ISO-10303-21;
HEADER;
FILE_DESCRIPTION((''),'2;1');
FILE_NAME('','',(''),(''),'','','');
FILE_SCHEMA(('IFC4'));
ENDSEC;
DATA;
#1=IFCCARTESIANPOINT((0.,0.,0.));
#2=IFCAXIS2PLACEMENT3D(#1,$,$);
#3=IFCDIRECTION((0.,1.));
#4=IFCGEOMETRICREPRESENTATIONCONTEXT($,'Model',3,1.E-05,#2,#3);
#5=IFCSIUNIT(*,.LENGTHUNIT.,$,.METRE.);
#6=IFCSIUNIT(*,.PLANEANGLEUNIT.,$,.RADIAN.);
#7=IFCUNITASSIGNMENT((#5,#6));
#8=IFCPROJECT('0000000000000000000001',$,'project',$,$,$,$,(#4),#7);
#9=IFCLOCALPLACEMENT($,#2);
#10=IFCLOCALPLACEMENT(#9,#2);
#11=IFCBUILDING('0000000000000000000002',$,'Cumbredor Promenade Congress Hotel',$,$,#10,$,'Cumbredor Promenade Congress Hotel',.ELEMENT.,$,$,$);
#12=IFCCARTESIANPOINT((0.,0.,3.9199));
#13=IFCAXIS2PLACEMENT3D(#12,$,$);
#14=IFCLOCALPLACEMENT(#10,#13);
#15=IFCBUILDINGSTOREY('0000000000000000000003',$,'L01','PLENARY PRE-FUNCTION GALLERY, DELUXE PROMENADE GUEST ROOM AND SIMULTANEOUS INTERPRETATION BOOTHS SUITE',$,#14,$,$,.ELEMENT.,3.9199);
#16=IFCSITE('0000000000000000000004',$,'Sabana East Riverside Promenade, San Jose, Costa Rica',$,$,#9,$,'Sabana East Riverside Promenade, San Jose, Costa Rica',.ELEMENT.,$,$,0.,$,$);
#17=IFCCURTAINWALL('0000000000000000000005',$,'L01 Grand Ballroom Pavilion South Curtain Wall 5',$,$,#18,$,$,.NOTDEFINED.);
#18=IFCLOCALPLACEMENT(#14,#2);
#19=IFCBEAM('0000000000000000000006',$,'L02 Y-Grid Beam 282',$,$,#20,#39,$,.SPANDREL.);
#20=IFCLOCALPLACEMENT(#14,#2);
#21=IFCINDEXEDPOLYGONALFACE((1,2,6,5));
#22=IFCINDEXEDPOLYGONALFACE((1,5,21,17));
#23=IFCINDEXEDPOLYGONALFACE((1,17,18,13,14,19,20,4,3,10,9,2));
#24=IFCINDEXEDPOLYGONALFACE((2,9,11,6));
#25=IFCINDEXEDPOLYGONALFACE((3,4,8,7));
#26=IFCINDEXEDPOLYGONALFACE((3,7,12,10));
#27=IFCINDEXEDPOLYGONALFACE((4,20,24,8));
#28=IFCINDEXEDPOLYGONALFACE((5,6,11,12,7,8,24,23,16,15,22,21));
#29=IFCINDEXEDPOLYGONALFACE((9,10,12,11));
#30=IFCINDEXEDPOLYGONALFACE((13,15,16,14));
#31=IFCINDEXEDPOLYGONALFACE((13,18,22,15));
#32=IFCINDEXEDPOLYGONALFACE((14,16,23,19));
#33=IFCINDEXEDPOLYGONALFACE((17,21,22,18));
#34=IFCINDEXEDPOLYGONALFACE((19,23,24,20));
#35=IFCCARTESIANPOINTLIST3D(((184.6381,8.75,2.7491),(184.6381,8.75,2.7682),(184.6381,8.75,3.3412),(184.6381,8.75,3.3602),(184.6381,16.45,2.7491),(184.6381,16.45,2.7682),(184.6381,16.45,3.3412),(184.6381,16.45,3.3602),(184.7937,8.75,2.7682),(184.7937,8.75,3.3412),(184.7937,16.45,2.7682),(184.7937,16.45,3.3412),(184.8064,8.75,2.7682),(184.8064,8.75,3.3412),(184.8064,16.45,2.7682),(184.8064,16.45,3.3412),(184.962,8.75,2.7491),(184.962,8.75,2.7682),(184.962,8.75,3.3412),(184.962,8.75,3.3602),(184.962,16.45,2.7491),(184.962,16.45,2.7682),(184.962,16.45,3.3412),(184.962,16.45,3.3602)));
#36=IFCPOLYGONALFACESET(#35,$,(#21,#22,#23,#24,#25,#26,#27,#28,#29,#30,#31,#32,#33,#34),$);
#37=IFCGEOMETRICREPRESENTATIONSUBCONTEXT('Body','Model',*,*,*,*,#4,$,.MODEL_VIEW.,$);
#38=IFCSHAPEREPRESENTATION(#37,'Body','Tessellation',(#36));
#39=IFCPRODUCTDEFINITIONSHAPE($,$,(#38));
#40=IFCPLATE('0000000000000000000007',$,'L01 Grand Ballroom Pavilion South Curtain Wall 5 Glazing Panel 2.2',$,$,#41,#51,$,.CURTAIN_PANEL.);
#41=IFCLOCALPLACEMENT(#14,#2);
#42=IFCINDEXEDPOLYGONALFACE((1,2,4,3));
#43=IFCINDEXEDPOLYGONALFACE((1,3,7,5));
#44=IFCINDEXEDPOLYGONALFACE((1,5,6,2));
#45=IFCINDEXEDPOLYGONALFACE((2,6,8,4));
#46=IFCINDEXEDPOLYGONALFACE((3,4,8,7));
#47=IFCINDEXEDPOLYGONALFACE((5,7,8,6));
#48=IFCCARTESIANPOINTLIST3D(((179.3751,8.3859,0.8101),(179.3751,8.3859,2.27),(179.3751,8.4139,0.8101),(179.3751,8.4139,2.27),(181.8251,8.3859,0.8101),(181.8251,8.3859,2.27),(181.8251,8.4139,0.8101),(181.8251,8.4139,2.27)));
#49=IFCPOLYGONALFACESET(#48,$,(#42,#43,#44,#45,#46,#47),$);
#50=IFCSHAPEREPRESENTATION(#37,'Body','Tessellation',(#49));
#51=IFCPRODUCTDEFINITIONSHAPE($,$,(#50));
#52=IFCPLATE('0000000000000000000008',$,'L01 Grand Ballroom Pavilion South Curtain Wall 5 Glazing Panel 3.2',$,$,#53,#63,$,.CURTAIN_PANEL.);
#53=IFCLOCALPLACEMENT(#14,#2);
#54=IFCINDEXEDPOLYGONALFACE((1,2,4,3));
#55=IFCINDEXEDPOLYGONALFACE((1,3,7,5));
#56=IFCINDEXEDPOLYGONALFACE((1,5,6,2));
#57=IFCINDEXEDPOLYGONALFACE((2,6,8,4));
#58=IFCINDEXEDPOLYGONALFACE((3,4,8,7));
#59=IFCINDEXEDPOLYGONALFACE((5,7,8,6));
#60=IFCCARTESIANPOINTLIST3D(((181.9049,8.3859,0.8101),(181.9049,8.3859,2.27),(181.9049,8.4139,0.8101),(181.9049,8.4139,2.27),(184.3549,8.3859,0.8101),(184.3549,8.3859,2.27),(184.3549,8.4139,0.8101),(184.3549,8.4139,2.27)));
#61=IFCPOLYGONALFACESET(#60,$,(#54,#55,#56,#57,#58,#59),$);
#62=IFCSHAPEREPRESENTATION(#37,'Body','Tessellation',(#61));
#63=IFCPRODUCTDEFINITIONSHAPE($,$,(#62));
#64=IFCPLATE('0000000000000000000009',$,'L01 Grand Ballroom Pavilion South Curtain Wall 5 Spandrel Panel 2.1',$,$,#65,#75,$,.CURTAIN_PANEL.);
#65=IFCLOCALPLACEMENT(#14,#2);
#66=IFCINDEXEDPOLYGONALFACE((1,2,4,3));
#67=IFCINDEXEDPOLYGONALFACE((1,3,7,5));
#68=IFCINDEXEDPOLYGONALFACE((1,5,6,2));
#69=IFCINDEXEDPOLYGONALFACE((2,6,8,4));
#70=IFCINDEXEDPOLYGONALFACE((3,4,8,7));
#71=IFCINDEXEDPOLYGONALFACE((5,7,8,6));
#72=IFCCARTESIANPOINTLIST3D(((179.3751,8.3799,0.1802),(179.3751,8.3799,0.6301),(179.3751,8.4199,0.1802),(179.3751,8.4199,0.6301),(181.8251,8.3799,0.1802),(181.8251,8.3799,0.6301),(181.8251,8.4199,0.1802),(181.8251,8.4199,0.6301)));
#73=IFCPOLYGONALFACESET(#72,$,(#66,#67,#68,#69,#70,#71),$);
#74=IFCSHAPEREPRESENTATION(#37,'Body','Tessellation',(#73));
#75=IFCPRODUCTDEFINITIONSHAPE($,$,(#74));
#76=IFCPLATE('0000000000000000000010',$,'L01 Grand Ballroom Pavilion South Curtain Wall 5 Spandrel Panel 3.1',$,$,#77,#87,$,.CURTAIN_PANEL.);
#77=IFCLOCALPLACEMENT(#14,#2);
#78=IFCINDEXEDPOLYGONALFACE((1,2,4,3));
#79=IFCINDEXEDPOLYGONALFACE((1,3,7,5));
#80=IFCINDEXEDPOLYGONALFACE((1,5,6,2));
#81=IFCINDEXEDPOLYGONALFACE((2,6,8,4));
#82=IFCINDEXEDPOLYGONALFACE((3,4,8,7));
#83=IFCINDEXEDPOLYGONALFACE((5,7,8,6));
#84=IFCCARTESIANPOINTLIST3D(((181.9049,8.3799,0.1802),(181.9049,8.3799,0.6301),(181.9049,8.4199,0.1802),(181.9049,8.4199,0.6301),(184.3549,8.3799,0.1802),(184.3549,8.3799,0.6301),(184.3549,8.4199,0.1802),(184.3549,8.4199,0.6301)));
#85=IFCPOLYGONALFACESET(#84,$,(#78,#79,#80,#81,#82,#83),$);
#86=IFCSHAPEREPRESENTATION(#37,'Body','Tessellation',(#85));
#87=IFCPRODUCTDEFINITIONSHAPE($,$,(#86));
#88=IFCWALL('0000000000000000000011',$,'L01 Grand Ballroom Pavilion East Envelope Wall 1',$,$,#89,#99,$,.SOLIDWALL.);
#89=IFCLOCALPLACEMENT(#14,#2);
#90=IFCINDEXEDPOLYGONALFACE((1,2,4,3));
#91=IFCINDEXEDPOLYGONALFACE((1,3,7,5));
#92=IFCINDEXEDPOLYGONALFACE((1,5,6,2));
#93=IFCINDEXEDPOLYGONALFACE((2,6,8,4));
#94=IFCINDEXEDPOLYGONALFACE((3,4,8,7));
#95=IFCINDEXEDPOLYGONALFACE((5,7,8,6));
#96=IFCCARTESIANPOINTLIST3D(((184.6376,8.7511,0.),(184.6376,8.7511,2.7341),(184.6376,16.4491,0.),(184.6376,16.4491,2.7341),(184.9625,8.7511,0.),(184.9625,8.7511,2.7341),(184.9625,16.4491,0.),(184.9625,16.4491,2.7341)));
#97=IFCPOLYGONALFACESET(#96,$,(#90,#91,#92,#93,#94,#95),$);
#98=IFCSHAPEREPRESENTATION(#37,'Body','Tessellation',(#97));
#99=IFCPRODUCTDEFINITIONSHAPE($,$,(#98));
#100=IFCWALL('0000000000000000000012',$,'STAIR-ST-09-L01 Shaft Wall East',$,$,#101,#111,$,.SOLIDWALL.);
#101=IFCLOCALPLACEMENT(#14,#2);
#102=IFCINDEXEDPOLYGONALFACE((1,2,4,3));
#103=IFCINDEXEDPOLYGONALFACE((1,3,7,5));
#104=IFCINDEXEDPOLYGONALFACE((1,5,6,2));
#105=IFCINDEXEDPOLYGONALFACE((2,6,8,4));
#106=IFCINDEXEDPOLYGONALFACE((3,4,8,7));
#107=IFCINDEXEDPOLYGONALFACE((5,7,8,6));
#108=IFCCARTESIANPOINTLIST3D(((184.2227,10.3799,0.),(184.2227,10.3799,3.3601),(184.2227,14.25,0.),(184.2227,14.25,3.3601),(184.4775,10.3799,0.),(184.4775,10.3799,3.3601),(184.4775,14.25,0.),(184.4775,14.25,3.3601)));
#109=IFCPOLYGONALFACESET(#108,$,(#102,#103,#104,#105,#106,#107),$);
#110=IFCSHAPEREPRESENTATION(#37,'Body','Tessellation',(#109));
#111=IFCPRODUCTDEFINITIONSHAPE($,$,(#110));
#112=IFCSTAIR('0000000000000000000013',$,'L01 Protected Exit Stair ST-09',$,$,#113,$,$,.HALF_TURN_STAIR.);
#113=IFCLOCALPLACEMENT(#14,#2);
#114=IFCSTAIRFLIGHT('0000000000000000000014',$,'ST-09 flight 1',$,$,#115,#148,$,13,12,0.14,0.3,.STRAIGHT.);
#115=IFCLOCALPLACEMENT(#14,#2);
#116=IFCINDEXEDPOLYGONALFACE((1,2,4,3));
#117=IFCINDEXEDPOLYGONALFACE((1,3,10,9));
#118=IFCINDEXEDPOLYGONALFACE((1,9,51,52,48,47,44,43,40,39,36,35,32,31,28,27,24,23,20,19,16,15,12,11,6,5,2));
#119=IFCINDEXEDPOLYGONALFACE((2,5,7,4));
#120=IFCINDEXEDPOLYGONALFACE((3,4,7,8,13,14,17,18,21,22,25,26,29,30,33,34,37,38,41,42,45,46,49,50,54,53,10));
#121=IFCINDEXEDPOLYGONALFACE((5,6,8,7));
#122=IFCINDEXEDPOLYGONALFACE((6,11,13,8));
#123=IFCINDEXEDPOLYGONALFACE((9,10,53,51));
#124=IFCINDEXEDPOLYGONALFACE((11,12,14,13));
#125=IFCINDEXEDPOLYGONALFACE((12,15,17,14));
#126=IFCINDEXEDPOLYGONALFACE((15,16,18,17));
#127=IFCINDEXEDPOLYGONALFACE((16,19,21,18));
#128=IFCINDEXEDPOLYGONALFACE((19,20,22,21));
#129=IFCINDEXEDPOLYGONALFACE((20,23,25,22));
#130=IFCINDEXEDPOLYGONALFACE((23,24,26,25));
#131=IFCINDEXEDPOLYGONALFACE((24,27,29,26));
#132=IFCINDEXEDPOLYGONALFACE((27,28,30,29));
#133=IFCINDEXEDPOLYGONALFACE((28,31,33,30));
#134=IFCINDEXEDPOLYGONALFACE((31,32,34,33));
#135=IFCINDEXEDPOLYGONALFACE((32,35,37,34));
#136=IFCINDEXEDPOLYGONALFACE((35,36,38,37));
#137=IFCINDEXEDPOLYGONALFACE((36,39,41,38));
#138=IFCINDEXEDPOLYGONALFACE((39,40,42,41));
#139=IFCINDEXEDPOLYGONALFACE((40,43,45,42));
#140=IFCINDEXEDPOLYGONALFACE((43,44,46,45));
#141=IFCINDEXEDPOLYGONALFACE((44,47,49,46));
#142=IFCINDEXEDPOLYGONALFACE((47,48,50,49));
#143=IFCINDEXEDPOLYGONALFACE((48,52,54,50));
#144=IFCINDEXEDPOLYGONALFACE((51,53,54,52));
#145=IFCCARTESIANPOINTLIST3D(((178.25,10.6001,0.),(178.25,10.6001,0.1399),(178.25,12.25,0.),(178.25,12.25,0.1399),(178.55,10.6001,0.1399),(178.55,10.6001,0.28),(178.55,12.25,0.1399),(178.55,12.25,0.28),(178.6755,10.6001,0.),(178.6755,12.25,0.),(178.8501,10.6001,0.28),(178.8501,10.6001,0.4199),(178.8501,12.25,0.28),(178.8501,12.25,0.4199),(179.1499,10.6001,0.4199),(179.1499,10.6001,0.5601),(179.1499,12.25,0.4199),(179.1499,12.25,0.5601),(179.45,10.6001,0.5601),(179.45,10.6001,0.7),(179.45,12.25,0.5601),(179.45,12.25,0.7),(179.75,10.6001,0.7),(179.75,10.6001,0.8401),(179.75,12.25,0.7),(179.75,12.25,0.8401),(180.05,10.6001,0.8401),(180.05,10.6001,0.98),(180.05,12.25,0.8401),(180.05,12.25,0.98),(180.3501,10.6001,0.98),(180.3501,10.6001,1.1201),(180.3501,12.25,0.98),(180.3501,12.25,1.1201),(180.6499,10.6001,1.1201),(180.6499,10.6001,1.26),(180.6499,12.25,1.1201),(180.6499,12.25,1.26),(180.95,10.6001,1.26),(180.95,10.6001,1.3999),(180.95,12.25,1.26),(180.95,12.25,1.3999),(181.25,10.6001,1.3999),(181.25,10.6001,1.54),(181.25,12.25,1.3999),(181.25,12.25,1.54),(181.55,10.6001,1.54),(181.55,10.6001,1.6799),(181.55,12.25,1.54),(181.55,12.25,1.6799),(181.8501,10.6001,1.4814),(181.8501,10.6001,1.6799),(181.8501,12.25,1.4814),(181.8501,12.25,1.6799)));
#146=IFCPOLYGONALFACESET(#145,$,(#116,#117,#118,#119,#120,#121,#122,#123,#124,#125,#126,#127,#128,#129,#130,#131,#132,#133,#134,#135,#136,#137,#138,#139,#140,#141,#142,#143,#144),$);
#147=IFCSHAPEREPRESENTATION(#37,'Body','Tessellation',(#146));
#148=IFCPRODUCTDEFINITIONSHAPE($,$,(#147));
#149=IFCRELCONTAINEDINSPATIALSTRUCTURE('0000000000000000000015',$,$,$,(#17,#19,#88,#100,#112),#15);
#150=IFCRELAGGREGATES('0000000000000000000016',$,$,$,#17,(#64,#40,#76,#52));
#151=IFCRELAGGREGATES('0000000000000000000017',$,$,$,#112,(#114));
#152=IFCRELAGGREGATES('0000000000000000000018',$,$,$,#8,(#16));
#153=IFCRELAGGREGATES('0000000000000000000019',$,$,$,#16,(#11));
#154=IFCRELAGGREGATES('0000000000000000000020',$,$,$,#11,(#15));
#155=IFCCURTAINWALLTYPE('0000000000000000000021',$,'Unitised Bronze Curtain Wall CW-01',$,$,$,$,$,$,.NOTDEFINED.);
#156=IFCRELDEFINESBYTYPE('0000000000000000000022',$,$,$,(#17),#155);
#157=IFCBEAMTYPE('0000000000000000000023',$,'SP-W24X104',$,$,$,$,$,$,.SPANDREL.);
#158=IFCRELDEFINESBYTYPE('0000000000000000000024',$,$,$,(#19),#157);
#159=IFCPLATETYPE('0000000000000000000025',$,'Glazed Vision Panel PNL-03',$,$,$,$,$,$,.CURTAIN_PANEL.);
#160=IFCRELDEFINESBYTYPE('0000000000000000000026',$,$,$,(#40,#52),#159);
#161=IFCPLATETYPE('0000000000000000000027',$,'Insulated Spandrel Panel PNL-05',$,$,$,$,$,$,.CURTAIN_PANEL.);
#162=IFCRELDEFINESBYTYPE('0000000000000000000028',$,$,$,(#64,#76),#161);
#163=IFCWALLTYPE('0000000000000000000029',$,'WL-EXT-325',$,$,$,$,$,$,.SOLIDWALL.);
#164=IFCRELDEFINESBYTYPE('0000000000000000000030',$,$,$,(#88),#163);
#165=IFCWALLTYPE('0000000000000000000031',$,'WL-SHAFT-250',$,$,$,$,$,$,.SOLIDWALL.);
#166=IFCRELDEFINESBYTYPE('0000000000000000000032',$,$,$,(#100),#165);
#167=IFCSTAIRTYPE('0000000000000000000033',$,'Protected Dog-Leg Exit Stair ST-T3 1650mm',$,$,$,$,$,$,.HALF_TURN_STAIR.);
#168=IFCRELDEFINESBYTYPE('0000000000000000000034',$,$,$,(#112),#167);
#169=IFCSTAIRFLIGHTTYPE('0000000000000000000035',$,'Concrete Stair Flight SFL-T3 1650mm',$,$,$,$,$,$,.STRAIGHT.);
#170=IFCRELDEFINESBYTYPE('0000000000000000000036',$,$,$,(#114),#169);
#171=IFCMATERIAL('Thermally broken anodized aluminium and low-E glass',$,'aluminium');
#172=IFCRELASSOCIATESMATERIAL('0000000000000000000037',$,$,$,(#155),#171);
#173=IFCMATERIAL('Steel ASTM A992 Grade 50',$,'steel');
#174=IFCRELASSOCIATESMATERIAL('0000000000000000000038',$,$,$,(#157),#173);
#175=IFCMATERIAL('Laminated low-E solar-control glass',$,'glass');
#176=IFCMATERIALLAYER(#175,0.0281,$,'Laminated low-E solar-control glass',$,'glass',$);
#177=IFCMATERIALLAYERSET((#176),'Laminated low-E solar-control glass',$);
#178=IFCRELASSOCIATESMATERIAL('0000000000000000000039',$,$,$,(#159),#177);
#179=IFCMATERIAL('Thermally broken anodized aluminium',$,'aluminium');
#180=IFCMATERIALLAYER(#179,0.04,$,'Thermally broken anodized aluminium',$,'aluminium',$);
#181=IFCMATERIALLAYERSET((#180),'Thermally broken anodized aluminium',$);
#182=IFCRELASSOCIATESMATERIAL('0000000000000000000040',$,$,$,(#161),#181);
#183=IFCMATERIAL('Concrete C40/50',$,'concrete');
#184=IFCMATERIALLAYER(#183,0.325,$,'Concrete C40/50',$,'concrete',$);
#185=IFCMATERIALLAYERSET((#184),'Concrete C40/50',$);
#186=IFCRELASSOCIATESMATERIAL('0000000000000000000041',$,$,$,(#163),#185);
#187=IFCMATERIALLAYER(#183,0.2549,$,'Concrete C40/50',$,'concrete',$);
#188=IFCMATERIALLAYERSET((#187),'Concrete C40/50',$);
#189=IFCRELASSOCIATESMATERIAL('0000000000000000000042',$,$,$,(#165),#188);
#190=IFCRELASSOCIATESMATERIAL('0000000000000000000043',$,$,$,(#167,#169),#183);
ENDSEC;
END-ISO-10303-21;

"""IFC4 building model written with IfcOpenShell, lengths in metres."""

from ifc_helpers import new_model, si_unit, direction, frame, frame_2d, origin, origin_2d, place, context, subcontext, project, spatial, polyline, rectangle, i_section, outline, extrude, material, layer, layer_set, material_profile, profile_set, type_object, element, aggregate, save


model = new_model("IFC4")

# Units and contexts
model_context = context("Model", 3, precision=1e-05, world=origin(), true_north=direction((0.0, 1.0)))
body_context = subcontext(model_context, "Body", "Model", "MODEL_VIEW")
ifc_project = project(units=[si_unit("LENGTHUNIT", "METRE"), si_unit("PLANEANGLEUNIT", "RADIAN")], contexts=[model_context])

# Site, building, storey
site_placement = place(None, origin())
site = spatial("IfcSite", under=ifc_project, at=site_placement, Name="Sabana East Riverside Promenade, San Jose, Costa Rica", LongName="Sabana East Riverside Promenade, San Jose, Costa Rica", CompositionType="ELEMENT", RefElevation=0.0)
building_placement = place(site_placement, origin())
building = spatial("IfcBuilding", under=site, at=building_placement, Name="Cumbredor Promenade Congress Hotel", LongName="Cumbredor Promenade Congress Hotel", CompositionType="ELEMENT")
storey_placement = place(building_placement, frame((0.0, 0.0, 3.9199)))
storey = spatial("IfcBuildingStorey", under=building, at=storey_placement, Name="L01", Description="PLENARY PRE-FUNCTION GALLERY, DELUXE PROMENADE GUEST ROOM AND SIMULTANEOUS INTERPRETATION BOOTHS SUITE", CompositionType="ELEMENT", Elevation=3.9199)

# Shared definitions
ifc_material_1 = material(Name="Concrete C40/50", Category="concrete")

# Curtain wall
ifc_material_2 = material(Name="Thermally broken anodized aluminium and low-E glass", Category="aluminium")
curtain_wall_type = type_object("IfcCurtainWallType", Name="Unitised Bronze Curtain Wall CW-01", PredefinedType="NOTDEFINED", material=ifc_material_2)
curtain_wall_placement = place(storey_placement, origin())
curtain_wall = element("IfcCurtainWall", 1, at=curtain_wall_placement, inside=storey, type_object=curtain_wall_type, Name="L01 Grand Ballroom Pavilion South Curtain Wall 5", PredefinedType="NOTDEFINED")
ifc_material_3 = material(Name="Thermally broken anodized aluminium", Category="aluminium")

# Beam
ifc_material_4 = material(Name="Steel ASTM A992 Grade 50", Category="steel")
ifc_material_profile_1 = material_profile(ifc_material_4, i_section(OverallWidth=0.324, OverallDepth=0.6111, WebThickness=0.0127, FlangeThickness=0.019, at=origin_2d()), Name="W24X104")
ifc_profile_set_1 = profile_set([ifc_material_profile_1], Name="Steel ASTM A992 Grade 50")
beam_type_1 = type_object("IfcBeamType", Name="SP-W24X104", PredefinedType="SPANDREL", material=ifc_profile_set_1)
beam_placement = place(storey_placement, frame((184.8, 8.75, 3.0547), z_axis=(0.0, 1.0, 0.0), x_axis=(-1.0, 0.0, 0.0)))
element("IfcBeam", 2, at=beam_placement, inside=storey, type_object=beam_type_1, Name="L02 Y-Grid Beam 282", PredefinedType="SPANDREL", context=body_context, shape_type="SweptSolid", body=[
    extrude(i_section(OverallWidth=0.324, OverallDepth=0.6111, WebThickness=0.0127, FlangeThickness=0.019, at=origin_2d()), origin(), (0.0, 0.0, 1.0), 7.7),
])

# Plates
ifc_material_5 = material(Name="Laminated low-E solar-control glass", Category="glass")
ifc_layer_1 = layer(ifc_material_5, 0.0281, Name="Laminated low-E solar-control glass", Category="glass")
ifc_layer_set_1 = layer_set([ifc_layer_1], Name="Laminated low-E solar-control glass")
plate_type_1 = type_object("IfcPlateType", Name="Glazed Vision Panel PNL-03", PredefinedType="CURTAIN_PANEL", material=ifc_layer_set_1)
plate_1_placement = place(storey_placement, frame((180.6001, 8.3999, 0.8101), z_axis=(0.0, 0.0, 1.0), x_axis=(1.0, 0.0, 0.0)))
plate_1 = element("IfcPlate", 3, at=plate_1_placement, type_object=plate_type_1, Name="L01 Grand Ballroom Pavilion South Curtain Wall 5 Glazing Panel 2.2", PredefinedType="CURTAIN_PANEL", context=body_context, shape_type="SweptSolid", body=[
    extrude(rectangle(XDim=2.45, YDim=0.0281, at=origin_2d()), origin(), (0.0, 0.0, 1.0), 1.46),
])
plate_2_placement = place(storey_placement, frame((183.1299, 8.3999, 0.8101), z_axis=(0.0, 0.0, 1.0), x_axis=(1.0, 0.0, 0.0)))
plate_2 = element("IfcPlate", 4, at=plate_2_placement, type_object=plate_type_1, Name="L01 Grand Ballroom Pavilion South Curtain Wall 5 Glazing Panel 3.2", PredefinedType="CURTAIN_PANEL", context=body_context, shape_type="SweptSolid", body=[
    extrude(rectangle(XDim=2.45, YDim=0.0281, at=origin_2d()), origin(), (0.0, 0.0, 1.0), 1.46),
])
ifc_layer_2 = layer(ifc_material_3, 0.04, Name="Thermally broken anodized aluminium", Category="aluminium")
ifc_layer_set_2 = layer_set([ifc_layer_2], Name="Thermally broken anodized aluminium")
plate_type_2 = type_object("IfcPlateType", Name="Insulated Spandrel Panel PNL-05", PredefinedType="CURTAIN_PANEL", material=ifc_layer_set_2)
plate_3_placement = place(storey_placement, frame((180.6001, 8.3999, 0.1802), z_axis=(0.0, 0.0, 1.0), x_axis=(1.0, 0.0, 0.0)))
plate_3 = element("IfcPlate", 5, at=plate_3_placement, type_object=plate_type_2, Name="L01 Grand Ballroom Pavilion South Curtain Wall 5 Spandrel Panel 2.1", PredefinedType="CURTAIN_PANEL", context=body_context, shape_type="SweptSolid", body=[
    extrude(rectangle(XDim=2.45, YDim=0.04, at=origin_2d()), origin(), (0.0, 0.0, 1.0), 0.45),
])
plate_4_placement = place(storey_placement, frame((183.1299, 8.3999, 0.1802), z_axis=(0.0, 0.0, 1.0), x_axis=(1.0, 0.0, 0.0)))
plate_4 = element("IfcPlate", 6, at=plate_4_placement, type_object=plate_type_2, Name="L01 Grand Ballroom Pavilion South Curtain Wall 5 Spandrel Panel 3.1", PredefinedType="CURTAIN_PANEL", context=body_context, shape_type="SweptSolid", body=[
    extrude(rectangle(XDim=2.45, YDim=0.04, at=origin_2d()), origin(), (0.0, 0.0, 1.0), 0.45),
])
aggregate(curtain_wall, [plate_3, plate_1, plate_4, plate_2])

# Walls
ifc_layer_3 = layer(ifc_material_1, 0.325, Name="Concrete C40/50", Category="concrete")
ifc_layer_set_3 = layer_set([ifc_layer_3], Name="Concrete C40/50")
wall_type_1 = type_object("IfcWallType", Name="WL-EXT-325", PredefinedType="SOLIDWALL", material=ifc_layer_set_3)
wall_1_placement = place(storey_placement, frame((184.8, 8.751, 0.0), z_axis=(0.0, 0.0, 1.0), x_axis=(0.0, 1.0, 0.0)))
element("IfcWall", 7, at=wall_1_placement, inside=storey, type_object=wall_type_1, Name="L01 Grand Ballroom Pavilion East Envelope Wall 1", PredefinedType="SOLIDWALL", context=body_context, shape_type="SweptSolid", body=[
    extrude(rectangle(XDim=7.698, YDim=0.325, at=frame_2d((3.8491, 0.0))), origin(), (0.0, 0.0, 1.0), 2.7341),
])
ifc_layer_4 = layer(ifc_material_1, 0.2549, Name="Concrete C40/50", Category="concrete")
ifc_layer_set_4 = layer_set([ifc_layer_4], Name="Concrete C40/50")
wall_type_2 = type_object("IfcWallType", Name="WL-SHAFT-250", PredefinedType="SOLIDWALL", material=ifc_layer_set_4)
wall_2_placement = place(storey_placement, frame((184.3501, 10.3799, 0.0), z_axis=(0.0, 0.0, 1.0), x_axis=(0.0, 1.0, 0.0)))
element("IfcWall", 8, at=wall_2_placement, inside=storey, type_object=wall_type_2, Name="STAIR-ST-09-L01 Shaft Wall East", PredefinedType="SOLIDWALL", context=body_context, shape_type="SweptSolid", body=[
    extrude(rectangle(XDim=3.8701, YDim=0.2549, at=frame_2d((1.9351, 0.0))), origin(), (0.0, 0.0, 1.0), 3.3601),
])

# Stair, stair flight
stair_type = type_object("IfcStairType", Name="Protected Dog-Leg Exit Stair ST-T3 1650mm", PredefinedType="HALF_TURN_STAIR", material=ifc_material_1)
stair_placement = place(storey_placement, origin())
stair = element("IfcStair", 9, at=stair_placement, inside=storey, type_object=stair_type, Name="L01 Protected Exit Stair ST-09", PredefinedType="HALF_TURN_STAIR")
stair_flight_type = type_object("IfcStairFlightType", Name="Concrete Stair Flight SFL-T3 1650mm", PredefinedType="STRAIGHT", material=ifc_material_1)
stair_flight_placement = place(storey_placement, frame((178.25, 11.425, 0.0), z_axis=(0.0, 0.0, 1.0), x_axis=(1.0, 0.0, 0.0)))
stair_flight = element("IfcStairFlight", 10, at=stair_flight_placement, type_object=stair_flight_type, Name="ST-09 flight 1", NumberOfRisers=13, NumberOfTreads=12, PredefinedType="STRAIGHT", RiserHeight=0.14, TreadLength=0.3, context=body_context, shape_type="SweptSolid", body=[
    extrude(outline(polyline([(0.0, 0.0), (0.0, 0.1399), (0.3, 0.1399), (0.3, 0.28), (0.6001, 0.28), (0.6001, 0.4199), (0.8999, 0.4199), (0.8999, 0.5601), (1.2, 0.5601), (1.2, 0.7), (1.5, 0.7), (1.5, 0.8401), (1.8, 0.8401), (1.8, 0.98), (2.1001, 0.98), (2.1001, 1.1201), (2.3999, 1.1201), (2.3999, 1.26), (2.7, 1.26), (2.7, 1.3999), (3.0, 1.3999), (3.0, 1.54), (3.3, 1.54), (3.3, 1.6799), (3.6001, 1.6799), (3.6001, 1.8201), (3.6001, 1.4814), (0.4255, 0.0), (0.0, 0.0)])), frame((0.0, 0.825, 0.0), z_axis=(0.0, -1.0, 0.0), x_axis=(1.0, 0.0, 0.0)), (0.0, 0.0, 1.0), 1.6499),
])
aggregate(stair, [stair_flight])

save(model, "model.ifc")
